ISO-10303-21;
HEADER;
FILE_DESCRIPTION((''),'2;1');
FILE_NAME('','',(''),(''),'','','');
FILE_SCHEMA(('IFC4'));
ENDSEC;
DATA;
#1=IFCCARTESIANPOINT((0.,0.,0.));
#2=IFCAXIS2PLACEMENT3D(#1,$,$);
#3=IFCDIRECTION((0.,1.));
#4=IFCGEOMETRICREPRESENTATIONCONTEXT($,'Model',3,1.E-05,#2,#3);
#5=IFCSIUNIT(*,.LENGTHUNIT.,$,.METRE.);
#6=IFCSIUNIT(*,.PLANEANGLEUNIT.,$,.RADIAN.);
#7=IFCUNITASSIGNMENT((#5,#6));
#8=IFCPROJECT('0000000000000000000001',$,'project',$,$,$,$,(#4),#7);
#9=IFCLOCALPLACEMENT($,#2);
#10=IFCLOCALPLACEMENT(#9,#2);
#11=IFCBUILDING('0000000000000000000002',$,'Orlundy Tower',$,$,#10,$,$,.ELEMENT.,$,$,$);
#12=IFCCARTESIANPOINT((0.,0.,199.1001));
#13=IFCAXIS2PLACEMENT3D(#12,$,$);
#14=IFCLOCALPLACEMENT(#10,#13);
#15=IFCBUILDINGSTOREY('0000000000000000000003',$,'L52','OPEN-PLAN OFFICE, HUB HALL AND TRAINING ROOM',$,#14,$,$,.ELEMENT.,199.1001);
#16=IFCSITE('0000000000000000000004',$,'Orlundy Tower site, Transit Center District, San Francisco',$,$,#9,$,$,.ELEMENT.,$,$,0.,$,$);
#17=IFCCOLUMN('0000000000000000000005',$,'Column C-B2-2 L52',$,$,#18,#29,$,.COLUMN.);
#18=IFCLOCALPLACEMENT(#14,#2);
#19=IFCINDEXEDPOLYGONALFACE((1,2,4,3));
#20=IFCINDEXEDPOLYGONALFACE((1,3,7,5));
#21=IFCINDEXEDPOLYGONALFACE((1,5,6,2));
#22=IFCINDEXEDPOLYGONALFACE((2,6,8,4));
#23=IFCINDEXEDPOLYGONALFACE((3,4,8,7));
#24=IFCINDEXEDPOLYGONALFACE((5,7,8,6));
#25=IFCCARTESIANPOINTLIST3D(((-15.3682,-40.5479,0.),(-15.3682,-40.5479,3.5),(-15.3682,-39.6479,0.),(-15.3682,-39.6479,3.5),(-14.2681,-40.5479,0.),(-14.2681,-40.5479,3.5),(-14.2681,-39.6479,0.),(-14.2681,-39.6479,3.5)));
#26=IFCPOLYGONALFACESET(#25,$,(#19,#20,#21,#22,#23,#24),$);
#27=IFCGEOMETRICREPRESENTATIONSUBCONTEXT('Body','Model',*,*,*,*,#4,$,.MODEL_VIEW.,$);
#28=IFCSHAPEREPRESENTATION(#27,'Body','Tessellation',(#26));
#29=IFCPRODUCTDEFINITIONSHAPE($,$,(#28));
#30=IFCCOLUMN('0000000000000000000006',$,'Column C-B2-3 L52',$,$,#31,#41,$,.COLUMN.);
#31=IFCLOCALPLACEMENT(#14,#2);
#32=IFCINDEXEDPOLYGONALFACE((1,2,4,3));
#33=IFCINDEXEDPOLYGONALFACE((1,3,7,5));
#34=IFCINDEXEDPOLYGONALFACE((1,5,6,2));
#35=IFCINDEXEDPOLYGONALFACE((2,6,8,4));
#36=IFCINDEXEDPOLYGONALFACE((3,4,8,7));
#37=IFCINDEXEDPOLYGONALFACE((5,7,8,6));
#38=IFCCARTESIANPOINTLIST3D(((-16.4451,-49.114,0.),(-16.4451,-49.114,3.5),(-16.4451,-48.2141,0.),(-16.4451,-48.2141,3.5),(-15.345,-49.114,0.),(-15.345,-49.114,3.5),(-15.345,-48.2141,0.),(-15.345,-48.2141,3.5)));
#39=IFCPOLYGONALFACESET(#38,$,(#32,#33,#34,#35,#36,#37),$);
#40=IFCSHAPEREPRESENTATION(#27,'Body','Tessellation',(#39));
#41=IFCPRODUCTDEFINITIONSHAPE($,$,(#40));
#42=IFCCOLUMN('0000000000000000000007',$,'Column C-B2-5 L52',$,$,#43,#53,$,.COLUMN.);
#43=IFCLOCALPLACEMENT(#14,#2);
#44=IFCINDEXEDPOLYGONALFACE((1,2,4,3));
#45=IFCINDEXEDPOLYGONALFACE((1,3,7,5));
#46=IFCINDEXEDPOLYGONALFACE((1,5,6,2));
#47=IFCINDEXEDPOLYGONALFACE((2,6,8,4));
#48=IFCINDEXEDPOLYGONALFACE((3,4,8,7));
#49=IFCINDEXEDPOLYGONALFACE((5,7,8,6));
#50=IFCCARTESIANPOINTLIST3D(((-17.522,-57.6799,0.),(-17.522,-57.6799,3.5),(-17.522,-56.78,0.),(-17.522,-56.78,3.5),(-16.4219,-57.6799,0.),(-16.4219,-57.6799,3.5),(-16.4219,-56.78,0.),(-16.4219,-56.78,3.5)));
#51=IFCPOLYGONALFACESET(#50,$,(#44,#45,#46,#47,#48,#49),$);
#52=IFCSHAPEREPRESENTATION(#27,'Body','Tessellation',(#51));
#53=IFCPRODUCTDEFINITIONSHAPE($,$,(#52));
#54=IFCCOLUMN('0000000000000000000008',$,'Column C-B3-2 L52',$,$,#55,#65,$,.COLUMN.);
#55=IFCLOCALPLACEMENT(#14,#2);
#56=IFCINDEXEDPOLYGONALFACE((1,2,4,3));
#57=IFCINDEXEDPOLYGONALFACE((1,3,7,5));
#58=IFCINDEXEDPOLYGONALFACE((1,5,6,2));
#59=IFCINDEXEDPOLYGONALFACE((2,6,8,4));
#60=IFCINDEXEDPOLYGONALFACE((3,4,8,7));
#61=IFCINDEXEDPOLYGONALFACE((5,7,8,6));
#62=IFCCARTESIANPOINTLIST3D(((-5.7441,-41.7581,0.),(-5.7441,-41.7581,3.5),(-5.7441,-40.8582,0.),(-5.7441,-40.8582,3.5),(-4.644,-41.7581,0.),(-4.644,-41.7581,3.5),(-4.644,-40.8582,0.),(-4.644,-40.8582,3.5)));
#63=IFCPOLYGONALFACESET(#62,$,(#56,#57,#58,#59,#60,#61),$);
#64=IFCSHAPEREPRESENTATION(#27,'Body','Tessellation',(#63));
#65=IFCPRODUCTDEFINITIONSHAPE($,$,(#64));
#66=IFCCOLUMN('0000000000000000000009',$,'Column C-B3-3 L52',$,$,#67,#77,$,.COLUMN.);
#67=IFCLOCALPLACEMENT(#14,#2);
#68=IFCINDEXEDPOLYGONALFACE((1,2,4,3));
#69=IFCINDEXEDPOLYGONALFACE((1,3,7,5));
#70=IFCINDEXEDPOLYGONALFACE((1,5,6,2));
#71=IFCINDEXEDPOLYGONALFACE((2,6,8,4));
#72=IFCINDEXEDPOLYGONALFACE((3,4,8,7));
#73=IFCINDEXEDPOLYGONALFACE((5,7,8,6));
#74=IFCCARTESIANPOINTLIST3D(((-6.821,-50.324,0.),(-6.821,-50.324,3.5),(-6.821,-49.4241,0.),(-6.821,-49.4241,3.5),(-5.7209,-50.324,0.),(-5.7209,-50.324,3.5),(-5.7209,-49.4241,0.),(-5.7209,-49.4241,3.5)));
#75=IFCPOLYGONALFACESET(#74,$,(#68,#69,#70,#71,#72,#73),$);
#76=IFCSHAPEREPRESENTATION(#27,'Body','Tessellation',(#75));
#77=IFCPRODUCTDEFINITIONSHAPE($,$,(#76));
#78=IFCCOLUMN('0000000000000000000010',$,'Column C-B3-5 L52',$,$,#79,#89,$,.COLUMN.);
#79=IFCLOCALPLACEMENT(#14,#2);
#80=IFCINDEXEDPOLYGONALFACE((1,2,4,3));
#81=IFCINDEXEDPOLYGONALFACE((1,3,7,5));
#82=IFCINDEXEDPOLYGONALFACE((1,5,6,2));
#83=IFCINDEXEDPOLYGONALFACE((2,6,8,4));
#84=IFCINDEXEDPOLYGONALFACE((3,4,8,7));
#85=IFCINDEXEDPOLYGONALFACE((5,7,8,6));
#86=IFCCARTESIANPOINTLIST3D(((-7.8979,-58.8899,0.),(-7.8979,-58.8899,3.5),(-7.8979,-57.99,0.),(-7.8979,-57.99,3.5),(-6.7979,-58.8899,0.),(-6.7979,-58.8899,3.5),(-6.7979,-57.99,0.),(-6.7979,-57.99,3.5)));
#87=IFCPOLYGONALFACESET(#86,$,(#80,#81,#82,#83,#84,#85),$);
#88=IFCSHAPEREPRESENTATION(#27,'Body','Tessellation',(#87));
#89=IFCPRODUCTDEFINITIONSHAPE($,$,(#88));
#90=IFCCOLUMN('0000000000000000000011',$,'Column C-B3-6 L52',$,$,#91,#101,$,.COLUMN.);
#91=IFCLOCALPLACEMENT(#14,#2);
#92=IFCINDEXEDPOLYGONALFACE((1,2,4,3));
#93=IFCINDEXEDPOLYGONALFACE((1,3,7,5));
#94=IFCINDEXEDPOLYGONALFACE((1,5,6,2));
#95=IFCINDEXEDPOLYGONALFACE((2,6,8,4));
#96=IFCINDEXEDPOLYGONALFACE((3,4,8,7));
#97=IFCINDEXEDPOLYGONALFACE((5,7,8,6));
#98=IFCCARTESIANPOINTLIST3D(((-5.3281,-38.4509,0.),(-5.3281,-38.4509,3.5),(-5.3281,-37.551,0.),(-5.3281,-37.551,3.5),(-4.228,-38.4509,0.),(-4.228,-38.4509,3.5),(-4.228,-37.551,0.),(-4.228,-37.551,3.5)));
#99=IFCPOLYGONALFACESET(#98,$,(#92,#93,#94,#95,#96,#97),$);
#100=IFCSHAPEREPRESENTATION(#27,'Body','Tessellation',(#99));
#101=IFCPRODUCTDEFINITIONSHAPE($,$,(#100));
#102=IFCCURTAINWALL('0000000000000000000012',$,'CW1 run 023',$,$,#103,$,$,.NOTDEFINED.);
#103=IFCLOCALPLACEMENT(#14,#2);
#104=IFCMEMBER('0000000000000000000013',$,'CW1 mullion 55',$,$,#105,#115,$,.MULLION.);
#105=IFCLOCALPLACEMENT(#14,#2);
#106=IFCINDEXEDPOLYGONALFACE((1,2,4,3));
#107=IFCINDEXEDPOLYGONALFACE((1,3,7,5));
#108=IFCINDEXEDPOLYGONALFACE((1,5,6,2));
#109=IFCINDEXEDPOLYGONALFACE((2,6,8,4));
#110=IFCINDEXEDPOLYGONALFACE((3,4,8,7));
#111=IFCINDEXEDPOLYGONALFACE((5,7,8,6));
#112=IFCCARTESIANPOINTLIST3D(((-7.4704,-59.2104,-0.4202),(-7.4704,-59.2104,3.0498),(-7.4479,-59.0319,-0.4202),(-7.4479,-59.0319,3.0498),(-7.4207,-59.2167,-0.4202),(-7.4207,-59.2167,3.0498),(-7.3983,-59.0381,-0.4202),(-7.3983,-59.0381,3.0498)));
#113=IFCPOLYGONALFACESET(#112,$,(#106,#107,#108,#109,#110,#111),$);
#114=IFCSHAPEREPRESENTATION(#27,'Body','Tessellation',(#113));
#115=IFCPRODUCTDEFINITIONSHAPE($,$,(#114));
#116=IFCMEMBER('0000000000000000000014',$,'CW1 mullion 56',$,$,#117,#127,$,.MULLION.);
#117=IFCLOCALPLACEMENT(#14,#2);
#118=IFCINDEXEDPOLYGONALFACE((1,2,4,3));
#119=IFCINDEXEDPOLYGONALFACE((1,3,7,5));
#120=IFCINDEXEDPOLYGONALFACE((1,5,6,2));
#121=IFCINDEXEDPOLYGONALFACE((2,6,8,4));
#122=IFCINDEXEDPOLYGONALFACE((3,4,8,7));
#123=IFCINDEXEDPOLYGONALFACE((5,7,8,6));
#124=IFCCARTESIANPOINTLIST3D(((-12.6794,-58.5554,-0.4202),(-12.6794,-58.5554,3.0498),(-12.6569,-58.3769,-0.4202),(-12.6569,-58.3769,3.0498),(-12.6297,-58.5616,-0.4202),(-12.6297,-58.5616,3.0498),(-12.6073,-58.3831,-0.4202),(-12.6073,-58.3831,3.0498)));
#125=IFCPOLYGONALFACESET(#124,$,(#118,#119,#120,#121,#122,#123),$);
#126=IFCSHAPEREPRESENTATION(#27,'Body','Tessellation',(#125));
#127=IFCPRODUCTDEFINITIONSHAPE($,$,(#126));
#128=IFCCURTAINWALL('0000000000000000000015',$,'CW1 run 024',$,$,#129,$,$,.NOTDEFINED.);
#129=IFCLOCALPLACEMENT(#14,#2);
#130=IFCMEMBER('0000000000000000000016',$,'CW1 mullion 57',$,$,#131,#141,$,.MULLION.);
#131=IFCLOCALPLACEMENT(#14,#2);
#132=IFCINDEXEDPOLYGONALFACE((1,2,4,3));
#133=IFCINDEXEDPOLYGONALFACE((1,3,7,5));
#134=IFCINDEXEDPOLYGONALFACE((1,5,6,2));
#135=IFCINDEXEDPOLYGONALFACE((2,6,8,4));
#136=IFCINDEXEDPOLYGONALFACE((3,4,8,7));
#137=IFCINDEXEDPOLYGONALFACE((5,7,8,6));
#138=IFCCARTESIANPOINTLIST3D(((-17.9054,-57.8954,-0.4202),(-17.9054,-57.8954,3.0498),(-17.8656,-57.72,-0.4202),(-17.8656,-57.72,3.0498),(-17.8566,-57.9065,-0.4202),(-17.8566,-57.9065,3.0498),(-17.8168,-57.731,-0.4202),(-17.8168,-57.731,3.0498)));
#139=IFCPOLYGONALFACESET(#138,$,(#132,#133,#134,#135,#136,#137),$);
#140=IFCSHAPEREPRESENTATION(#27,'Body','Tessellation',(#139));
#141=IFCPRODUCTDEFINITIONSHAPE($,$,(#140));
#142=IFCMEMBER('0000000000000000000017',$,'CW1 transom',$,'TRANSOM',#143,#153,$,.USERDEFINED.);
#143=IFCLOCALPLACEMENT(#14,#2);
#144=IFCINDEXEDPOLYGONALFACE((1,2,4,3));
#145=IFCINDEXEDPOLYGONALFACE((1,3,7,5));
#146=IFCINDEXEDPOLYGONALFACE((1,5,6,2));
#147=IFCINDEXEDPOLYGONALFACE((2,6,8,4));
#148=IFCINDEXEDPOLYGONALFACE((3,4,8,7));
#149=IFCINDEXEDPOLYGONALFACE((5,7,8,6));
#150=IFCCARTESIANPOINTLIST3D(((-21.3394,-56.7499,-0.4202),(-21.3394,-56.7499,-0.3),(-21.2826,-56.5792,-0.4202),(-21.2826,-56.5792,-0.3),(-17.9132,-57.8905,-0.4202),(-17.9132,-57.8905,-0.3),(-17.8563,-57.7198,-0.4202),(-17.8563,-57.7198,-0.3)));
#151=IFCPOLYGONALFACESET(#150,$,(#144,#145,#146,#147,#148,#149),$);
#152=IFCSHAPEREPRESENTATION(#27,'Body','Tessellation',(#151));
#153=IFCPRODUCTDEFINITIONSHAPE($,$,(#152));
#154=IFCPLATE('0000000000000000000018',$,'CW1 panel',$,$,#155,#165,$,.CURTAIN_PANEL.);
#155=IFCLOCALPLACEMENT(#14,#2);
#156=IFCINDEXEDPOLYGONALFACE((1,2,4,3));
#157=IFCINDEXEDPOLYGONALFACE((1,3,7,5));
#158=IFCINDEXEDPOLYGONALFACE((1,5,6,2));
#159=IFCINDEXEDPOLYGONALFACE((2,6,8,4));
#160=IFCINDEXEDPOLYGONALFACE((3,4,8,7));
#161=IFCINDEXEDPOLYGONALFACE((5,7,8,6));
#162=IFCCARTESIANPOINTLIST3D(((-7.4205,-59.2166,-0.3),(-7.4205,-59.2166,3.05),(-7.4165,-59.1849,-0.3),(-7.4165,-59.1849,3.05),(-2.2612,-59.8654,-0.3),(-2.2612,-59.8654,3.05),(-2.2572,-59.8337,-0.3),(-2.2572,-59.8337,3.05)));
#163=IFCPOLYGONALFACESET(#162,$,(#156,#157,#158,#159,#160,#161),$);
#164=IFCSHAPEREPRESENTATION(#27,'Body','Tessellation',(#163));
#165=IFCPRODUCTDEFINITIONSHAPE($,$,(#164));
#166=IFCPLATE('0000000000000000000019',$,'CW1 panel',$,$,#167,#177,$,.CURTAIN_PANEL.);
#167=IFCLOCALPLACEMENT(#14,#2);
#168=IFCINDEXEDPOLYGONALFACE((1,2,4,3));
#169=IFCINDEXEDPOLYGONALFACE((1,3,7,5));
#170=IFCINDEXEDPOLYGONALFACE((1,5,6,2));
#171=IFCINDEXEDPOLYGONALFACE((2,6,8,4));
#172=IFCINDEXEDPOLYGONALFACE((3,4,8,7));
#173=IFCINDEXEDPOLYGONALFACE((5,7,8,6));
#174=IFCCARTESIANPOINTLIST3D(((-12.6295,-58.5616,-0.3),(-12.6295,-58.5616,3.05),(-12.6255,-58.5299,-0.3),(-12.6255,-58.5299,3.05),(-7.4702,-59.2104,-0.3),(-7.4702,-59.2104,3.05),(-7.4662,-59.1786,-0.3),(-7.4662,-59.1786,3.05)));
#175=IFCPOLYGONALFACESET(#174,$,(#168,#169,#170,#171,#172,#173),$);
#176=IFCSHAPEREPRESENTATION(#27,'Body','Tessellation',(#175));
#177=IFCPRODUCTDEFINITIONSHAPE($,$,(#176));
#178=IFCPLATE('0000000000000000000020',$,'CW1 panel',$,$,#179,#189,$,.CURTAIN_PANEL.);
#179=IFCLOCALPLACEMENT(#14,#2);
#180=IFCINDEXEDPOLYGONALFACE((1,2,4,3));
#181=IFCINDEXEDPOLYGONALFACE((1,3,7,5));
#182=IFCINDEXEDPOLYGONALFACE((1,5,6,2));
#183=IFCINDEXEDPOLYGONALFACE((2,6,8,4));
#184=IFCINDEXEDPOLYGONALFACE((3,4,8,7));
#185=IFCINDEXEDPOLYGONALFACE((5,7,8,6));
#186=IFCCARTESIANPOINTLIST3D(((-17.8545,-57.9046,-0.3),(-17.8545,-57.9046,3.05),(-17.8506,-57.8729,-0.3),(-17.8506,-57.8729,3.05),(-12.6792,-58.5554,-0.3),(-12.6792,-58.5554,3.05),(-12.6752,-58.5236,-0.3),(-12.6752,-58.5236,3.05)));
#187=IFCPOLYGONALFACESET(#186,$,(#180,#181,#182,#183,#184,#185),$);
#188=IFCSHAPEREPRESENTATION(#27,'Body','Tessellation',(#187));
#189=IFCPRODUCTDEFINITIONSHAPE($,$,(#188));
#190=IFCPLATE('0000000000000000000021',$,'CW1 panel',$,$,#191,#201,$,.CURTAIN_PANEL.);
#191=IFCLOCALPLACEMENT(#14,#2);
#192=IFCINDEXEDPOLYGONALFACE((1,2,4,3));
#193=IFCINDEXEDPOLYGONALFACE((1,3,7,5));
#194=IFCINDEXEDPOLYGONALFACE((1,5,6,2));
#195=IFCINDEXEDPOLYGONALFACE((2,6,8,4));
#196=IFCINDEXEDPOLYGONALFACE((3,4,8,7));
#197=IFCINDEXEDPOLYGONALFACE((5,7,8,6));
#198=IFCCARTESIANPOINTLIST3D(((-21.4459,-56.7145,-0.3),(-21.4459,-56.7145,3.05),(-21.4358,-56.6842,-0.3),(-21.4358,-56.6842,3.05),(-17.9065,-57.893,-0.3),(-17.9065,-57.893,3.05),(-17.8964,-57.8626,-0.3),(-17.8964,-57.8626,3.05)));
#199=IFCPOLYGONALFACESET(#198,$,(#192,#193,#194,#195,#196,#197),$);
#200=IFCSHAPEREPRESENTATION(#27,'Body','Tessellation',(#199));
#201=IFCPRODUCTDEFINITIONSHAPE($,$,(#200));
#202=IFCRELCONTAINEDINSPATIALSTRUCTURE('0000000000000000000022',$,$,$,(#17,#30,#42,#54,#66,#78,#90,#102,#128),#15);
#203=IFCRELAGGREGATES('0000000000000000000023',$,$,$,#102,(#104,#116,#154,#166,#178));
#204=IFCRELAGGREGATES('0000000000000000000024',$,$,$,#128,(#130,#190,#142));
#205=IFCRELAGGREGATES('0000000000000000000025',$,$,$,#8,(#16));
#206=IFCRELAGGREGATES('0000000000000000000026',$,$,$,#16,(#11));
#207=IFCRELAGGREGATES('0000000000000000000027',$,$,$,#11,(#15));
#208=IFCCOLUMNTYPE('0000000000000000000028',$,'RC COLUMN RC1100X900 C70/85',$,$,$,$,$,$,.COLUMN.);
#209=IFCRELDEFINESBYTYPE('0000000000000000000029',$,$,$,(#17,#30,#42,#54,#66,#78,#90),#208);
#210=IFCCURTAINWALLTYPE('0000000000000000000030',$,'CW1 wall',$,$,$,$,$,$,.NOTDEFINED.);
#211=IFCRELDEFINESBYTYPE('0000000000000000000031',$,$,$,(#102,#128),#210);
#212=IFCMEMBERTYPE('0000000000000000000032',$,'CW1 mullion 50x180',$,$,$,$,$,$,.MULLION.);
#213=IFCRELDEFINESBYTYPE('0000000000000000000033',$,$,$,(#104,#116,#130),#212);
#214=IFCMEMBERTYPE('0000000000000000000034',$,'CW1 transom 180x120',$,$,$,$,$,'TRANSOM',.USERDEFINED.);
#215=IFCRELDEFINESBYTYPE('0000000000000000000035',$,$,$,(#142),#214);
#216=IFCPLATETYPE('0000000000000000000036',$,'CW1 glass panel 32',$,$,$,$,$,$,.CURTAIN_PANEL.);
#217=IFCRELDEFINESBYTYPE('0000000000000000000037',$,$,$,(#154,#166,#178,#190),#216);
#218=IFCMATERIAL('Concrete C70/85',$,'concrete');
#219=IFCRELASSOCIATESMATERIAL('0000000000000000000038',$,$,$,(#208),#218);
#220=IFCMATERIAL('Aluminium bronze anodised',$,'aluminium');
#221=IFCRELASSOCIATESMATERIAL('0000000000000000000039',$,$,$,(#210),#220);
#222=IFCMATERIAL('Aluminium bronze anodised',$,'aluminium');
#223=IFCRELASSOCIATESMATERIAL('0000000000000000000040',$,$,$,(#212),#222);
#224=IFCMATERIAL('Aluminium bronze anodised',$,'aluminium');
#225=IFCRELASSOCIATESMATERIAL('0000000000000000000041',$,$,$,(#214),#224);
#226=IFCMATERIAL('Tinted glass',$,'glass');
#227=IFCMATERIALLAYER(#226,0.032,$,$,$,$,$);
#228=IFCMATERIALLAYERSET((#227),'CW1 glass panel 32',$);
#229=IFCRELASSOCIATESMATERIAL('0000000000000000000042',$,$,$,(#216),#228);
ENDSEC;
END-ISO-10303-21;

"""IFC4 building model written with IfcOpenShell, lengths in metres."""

from ifc_helpers import new_model, si_unit, direction, frame, origin, origin_2d, place, context, subcontext, project, spatial, rectangle, extrude, material, layer, layer_set, material_profile, profile_set, type_object, element, aggregate, save


model = new_model("IFC4")

# Units and contexts
model_context = context("Model", 3, precision=1e-05, world=origin(), true_north=direction((0.0, 1.0)))
body_context = subcontext(model_context, "Body", "Model", "MODEL_VIEW")
ifc_project = project(units=[si_unit("LENGTHUNIT", "METRE"), si_unit("PLANEANGLEUNIT", "RADIAN")], contexts=[model_context])

# Site, building, storey
site_placement = place(None, origin())
site = spatial("IfcSite", under=ifc_project, at=site_placement, Name="Orlundy Tower site, Transit Center District, San Francisco", CompositionType="ELEMENT", RefElevation=0.0)
building_placement = place(site_placement, origin())
building = spatial("IfcBuilding", under=site, at=building_placement, Name="Orlundy Tower", CompositionType="ELEMENT")
storey_placement = place(building_placement, frame((0.0, 0.0, 199.1001)))
storey = spatial("IfcBuildingStorey", under=building, at=storey_placement, Name="L52", Description="OPEN-PLAN OFFICE, HUB HALL AND TRAINING ROOM", CompositionType="ELEMENT", Elevation=199.1001)

# Columns
ifc_material_1 = material(Name="Concrete C70/85", Category="concrete")
ifc_material_profile_1 = material_profile(ifc_material_1, rectangle(XDim=1.1001, YDim=0.8999, at=origin_2d()), Name="RC1100X900")
ifc_profile_set_1 = profile_set([ifc_material_profile_1], Name="Concrete C70/85")
column_type = type_object("IfcColumnType", Name="RC COLUMN RC1100X900 C70/85", PredefinedType="COLUMN", material=ifc_profile_set_1)
for number, where, z_axis, x_axis, name in (
    (1, (-14.8181, -40.0979, 0.0), (0.0, 0.0, 1.0), (1.0, 0.0, 0.0), "Column C-B2-2 L52"),
    (2, (-15.895, -48.6641, 0.0), (0.0, 0.0, 1.0), (1.0, 0.0, 0.0), "Column C-B2-3 L52"),
    (3, (-16.9719, -57.23, 0.0), (0.0, 0.0, 1.0), (1.0, 0.0, 0.0), "Column C-B2-5 L52"),
    (4, (-5.1941, -41.3081, 0.0), (0.0, 0.0, 1.0), (1.0, 0.0, 0.0), "Column C-B3-2 L52"),
    (5, (-6.271, -49.874, 0.0), (0.0, 0.0, 1.0), (1.0, 0.0, 0.0), "Column C-B3-3 L52"),
    (6, (-7.3479, -58.4399, 0.0), (0.0, 0.0, 1.0), (1.0, 0.0, 0.0), "Column C-B3-5 L52"),
    (7, (-4.7781, -38.001, 0.0), (0.0, 0.0, 1.0), (1.0, 0.0, 0.0), "Column C-B3-6 L52"),
):
    element("IfcColumn", number, at=place(storey_placement, frame(where, z_axis=z_axis, x_axis=x_axis)), inside=storey, type_object=column_type, Name=name, PredefinedType="COLUMN", context=body_context, shape_type="SweptSolid", body=[
        extrude(rectangle(XDim=1.1001, YDim=0.8999, at=origin_2d()), origin(), (0.0, 0.0, 1.0), 3.5),
    ])

# Curtain walls, members
ifc_material_2 = material(Name="Aluminium bronze anodised", Category="aluminium")
curtain_wall_type = type_object("IfcCurtainWallType", Name="CW1 wall", PredefinedType="NOTDEFINED", material=ifc_material_2)
curtain_wall_1_placement = place(storey_placement, origin())
curtain_wall_1 = element("IfcCurtainWall", 8, at=curtain_wall_1_placement, inside=storey, type_object=curtain_wall_type, Name="CW1 run 023", PredefinedType="NOTDEFINED")
ifc_material_3 = material(Name="Aluminium bronze anodised", Category="aluminium")
ifc_material_profile_2 = material_profile(ifc_material_3, rectangle(XDim=0.1799, YDim=0.05, at=origin_2d()), Name="CW1 mullion 50x180")
ifc_profile_set_2 = profile_set([ifc_material_profile_2], Name="Aluminium bronze anodised")
member_type_1 = type_object("IfcMemberType", Name="CW1 mullion 50x180", PredefinedType="MULLION", material=ifc_profile_set_2)
member_1_placement = place(storey_placement, frame((-7.4343, -59.1243, -0.4202), z_axis=(0.0, 0.0, 1.0), x_axis=(-0.124761, -0.992187, 0.0)))
member_1 = element("IfcMember", 9, at=member_1_placement, type_object=member_type_1, Name="CW1 mullion 55", PredefinedType="MULLION", context=body_context, shape_type="SweptSolid", body=[
    extrude(rectangle(XDim=0.1799, YDim=0.05, at=origin_2d()), origin(), (0.0, 0.0, 1.0), 3.47),
])
member_2_placement = place(storey_placement, frame((-12.6433, -58.4692, -0.4202), z_axis=(0.0, 0.0, 1.0), x_axis=(-0.124761, -0.992187, 0.0)))
member_2 = element("IfcMember", 10, at=member_2_placement, type_object=member_type_1, Name="CW1 mullion 56", PredefinedType="MULLION", context=body_context, shape_type="SweptSolid", body=[
    extrude(rectangle(XDim=0.1799, YDim=0.05, at=origin_2d()), origin(), (0.0, 0.0, 1.0), 3.47),
])
curtain_wall_2_placement = place(storey_placement, origin())
curtain_wall_2 = element("IfcCurtainWall", 11, at=curtain_wall_2_placement, inside=storey, type_object=curtain_wall_type, Name="CW1 run 024", PredefinedType="NOTDEFINED")
member_3_placement = place(storey_placement, frame((-17.8611, -57.8132, -0.4202), z_axis=(0.0, 0.0, 1.0), x_axis=(-0.221399, -0.975183, 0.0)))
member_3 = element("IfcMember", 12, at=member_3_placement, type_object=member_type_1, Name="CW1 mullion 57", PredefinedType="MULLION", context=body_context, shape_type="SweptSolid", body=[
    extrude(rectangle(XDim=0.1799, YDim=0.05, at=origin_2d()), origin(), (0.0, 0.0, 1.0), 3.47),
])
ifc_material_4 = material(Name="Aluminium bronze anodised", Category="aluminium")
ifc_material_profile_3 = material_profile(ifc_material_4, rectangle(XDim=0.1799, YDim=0.1201, at=origin_2d()), Name="CW1 transom 180x120")
ifc_profile_set_3 = profile_set([ifc_material_profile_3], Name="Aluminium bronze anodised")
member_type_2 = type_object("IfcMemberType", Name="CW1 transom 180x120", ElementType="TRANSOM", PredefinedType="USERDEFINED", material=ifc_profile_set_3)
member_4_placement = place(storey_placement, frame((-17.8848, -57.8052, -0.3601), z_axis=(-0.948805, 0.315863, 0.0), x_axis=(-0.315863, -0.948805, 0.0)))
member_4 = element("IfcMember", 13, at=member_4_placement, type_object=member_type_2, Name="CW1 transom", ObjectType="TRANSOM", PredefinedType="USERDEFINED", context=body_context, shape_type="SweptSolid", body=[
    extrude(rectangle(XDim=0.1799, YDim=0.1201, at=origin_2d()), origin(), (0.0, 0.0, 1.0), 3.6111),
])

# Plates
ifc_material_5 = material(Name="Tinted glass", Category="glass")
ifc_layer_1 = layer(ifc_material_5, 0.032)
ifc_layer_set_1 = layer_set([ifc_layer_1], Name="CW1 glass panel 32")
plate_type = type_object("IfcPlateType", Name="CW1 glass panel 32", PredefinedType="CURTAIN_PANEL", material=ifc_layer_set_1)
plate_1_placement = place(storey_placement, frame((-4.8389, -59.5251, -0.3), z_axis=(0.0, 0.0, 1.0), x_axis=(-0.992187, 0.124761, 0.0)))
plate_1 = element("IfcPlate", 14, at=plate_1_placement, type_object=plate_type, Name="CW1 panel", PredefinedType="CURTAIN_PANEL", context=body_context, shape_type="SweptSolid", body=[
    extrude(rectangle(XDim=5.2, YDim=0.032, at=origin_2d()), origin(), (0.0, 0.0, 1.0), 3.3501),
])
plate_2_placement = place(storey_placement, frame((-10.0479, -58.8701, -0.3), z_axis=(0.0, 0.0, 1.0), x_axis=(-0.992187, 0.124761, 0.0)))
plate_2 = element("IfcPlate", 15, at=plate_2_placement, type_object=plate_type, Name="CW1 panel", PredefinedType="CURTAIN_PANEL", context=body_context, shape_type="SweptSolid", body=[
    extrude(rectangle(XDim=5.2, YDim=0.032, at=origin_2d()), origin(), (0.0, 0.0, 1.0), 3.3501),
])
plate_3_placement = place(storey_placement, frame((-15.2649, -58.2141, -0.3), z_axis=(0.0, 0.0, 1.0), x_axis=(-0.992187, 0.124761, 0.0)))
plate_3 = element("IfcPlate", 16, at=plate_3_placement, type_object=plate_type, Name="CW1 panel", PredefinedType="CURTAIN_PANEL", context=body_context, shape_type="SweptSolid", body=[
    extrude(rectangle(XDim=5.2161, YDim=0.032, at=origin_2d()), origin(), (0.0, 0.0, 1.0), 3.3501),
])
aggregate(curtain_wall_1, [member_1, member_2, plate_1, plate_2, plate_3])
plate_4_placement = place(storey_placement, frame((-19.6711, -57.2886, -0.3), z_axis=(0.0, 0.0, 1.0), x_axis=(-0.948791, 0.315904, 0.0)))
plate_4 = element("IfcPlate", 17, at=plate_4_placement, type_object=plate_type, Name="CW1 panel", PredefinedType="CURTAIN_PANEL", context=body_context, shape_type="SweptSolid", body=[
    extrude(rectangle(XDim=3.7305, YDim=0.032, at=origin_2d()), origin(), (0.0, 0.0, 1.0), 3.3501),
])
aggregate(curtain_wall_2, [member_3, plate_4, member_4])

save(model, "model.ifc")
